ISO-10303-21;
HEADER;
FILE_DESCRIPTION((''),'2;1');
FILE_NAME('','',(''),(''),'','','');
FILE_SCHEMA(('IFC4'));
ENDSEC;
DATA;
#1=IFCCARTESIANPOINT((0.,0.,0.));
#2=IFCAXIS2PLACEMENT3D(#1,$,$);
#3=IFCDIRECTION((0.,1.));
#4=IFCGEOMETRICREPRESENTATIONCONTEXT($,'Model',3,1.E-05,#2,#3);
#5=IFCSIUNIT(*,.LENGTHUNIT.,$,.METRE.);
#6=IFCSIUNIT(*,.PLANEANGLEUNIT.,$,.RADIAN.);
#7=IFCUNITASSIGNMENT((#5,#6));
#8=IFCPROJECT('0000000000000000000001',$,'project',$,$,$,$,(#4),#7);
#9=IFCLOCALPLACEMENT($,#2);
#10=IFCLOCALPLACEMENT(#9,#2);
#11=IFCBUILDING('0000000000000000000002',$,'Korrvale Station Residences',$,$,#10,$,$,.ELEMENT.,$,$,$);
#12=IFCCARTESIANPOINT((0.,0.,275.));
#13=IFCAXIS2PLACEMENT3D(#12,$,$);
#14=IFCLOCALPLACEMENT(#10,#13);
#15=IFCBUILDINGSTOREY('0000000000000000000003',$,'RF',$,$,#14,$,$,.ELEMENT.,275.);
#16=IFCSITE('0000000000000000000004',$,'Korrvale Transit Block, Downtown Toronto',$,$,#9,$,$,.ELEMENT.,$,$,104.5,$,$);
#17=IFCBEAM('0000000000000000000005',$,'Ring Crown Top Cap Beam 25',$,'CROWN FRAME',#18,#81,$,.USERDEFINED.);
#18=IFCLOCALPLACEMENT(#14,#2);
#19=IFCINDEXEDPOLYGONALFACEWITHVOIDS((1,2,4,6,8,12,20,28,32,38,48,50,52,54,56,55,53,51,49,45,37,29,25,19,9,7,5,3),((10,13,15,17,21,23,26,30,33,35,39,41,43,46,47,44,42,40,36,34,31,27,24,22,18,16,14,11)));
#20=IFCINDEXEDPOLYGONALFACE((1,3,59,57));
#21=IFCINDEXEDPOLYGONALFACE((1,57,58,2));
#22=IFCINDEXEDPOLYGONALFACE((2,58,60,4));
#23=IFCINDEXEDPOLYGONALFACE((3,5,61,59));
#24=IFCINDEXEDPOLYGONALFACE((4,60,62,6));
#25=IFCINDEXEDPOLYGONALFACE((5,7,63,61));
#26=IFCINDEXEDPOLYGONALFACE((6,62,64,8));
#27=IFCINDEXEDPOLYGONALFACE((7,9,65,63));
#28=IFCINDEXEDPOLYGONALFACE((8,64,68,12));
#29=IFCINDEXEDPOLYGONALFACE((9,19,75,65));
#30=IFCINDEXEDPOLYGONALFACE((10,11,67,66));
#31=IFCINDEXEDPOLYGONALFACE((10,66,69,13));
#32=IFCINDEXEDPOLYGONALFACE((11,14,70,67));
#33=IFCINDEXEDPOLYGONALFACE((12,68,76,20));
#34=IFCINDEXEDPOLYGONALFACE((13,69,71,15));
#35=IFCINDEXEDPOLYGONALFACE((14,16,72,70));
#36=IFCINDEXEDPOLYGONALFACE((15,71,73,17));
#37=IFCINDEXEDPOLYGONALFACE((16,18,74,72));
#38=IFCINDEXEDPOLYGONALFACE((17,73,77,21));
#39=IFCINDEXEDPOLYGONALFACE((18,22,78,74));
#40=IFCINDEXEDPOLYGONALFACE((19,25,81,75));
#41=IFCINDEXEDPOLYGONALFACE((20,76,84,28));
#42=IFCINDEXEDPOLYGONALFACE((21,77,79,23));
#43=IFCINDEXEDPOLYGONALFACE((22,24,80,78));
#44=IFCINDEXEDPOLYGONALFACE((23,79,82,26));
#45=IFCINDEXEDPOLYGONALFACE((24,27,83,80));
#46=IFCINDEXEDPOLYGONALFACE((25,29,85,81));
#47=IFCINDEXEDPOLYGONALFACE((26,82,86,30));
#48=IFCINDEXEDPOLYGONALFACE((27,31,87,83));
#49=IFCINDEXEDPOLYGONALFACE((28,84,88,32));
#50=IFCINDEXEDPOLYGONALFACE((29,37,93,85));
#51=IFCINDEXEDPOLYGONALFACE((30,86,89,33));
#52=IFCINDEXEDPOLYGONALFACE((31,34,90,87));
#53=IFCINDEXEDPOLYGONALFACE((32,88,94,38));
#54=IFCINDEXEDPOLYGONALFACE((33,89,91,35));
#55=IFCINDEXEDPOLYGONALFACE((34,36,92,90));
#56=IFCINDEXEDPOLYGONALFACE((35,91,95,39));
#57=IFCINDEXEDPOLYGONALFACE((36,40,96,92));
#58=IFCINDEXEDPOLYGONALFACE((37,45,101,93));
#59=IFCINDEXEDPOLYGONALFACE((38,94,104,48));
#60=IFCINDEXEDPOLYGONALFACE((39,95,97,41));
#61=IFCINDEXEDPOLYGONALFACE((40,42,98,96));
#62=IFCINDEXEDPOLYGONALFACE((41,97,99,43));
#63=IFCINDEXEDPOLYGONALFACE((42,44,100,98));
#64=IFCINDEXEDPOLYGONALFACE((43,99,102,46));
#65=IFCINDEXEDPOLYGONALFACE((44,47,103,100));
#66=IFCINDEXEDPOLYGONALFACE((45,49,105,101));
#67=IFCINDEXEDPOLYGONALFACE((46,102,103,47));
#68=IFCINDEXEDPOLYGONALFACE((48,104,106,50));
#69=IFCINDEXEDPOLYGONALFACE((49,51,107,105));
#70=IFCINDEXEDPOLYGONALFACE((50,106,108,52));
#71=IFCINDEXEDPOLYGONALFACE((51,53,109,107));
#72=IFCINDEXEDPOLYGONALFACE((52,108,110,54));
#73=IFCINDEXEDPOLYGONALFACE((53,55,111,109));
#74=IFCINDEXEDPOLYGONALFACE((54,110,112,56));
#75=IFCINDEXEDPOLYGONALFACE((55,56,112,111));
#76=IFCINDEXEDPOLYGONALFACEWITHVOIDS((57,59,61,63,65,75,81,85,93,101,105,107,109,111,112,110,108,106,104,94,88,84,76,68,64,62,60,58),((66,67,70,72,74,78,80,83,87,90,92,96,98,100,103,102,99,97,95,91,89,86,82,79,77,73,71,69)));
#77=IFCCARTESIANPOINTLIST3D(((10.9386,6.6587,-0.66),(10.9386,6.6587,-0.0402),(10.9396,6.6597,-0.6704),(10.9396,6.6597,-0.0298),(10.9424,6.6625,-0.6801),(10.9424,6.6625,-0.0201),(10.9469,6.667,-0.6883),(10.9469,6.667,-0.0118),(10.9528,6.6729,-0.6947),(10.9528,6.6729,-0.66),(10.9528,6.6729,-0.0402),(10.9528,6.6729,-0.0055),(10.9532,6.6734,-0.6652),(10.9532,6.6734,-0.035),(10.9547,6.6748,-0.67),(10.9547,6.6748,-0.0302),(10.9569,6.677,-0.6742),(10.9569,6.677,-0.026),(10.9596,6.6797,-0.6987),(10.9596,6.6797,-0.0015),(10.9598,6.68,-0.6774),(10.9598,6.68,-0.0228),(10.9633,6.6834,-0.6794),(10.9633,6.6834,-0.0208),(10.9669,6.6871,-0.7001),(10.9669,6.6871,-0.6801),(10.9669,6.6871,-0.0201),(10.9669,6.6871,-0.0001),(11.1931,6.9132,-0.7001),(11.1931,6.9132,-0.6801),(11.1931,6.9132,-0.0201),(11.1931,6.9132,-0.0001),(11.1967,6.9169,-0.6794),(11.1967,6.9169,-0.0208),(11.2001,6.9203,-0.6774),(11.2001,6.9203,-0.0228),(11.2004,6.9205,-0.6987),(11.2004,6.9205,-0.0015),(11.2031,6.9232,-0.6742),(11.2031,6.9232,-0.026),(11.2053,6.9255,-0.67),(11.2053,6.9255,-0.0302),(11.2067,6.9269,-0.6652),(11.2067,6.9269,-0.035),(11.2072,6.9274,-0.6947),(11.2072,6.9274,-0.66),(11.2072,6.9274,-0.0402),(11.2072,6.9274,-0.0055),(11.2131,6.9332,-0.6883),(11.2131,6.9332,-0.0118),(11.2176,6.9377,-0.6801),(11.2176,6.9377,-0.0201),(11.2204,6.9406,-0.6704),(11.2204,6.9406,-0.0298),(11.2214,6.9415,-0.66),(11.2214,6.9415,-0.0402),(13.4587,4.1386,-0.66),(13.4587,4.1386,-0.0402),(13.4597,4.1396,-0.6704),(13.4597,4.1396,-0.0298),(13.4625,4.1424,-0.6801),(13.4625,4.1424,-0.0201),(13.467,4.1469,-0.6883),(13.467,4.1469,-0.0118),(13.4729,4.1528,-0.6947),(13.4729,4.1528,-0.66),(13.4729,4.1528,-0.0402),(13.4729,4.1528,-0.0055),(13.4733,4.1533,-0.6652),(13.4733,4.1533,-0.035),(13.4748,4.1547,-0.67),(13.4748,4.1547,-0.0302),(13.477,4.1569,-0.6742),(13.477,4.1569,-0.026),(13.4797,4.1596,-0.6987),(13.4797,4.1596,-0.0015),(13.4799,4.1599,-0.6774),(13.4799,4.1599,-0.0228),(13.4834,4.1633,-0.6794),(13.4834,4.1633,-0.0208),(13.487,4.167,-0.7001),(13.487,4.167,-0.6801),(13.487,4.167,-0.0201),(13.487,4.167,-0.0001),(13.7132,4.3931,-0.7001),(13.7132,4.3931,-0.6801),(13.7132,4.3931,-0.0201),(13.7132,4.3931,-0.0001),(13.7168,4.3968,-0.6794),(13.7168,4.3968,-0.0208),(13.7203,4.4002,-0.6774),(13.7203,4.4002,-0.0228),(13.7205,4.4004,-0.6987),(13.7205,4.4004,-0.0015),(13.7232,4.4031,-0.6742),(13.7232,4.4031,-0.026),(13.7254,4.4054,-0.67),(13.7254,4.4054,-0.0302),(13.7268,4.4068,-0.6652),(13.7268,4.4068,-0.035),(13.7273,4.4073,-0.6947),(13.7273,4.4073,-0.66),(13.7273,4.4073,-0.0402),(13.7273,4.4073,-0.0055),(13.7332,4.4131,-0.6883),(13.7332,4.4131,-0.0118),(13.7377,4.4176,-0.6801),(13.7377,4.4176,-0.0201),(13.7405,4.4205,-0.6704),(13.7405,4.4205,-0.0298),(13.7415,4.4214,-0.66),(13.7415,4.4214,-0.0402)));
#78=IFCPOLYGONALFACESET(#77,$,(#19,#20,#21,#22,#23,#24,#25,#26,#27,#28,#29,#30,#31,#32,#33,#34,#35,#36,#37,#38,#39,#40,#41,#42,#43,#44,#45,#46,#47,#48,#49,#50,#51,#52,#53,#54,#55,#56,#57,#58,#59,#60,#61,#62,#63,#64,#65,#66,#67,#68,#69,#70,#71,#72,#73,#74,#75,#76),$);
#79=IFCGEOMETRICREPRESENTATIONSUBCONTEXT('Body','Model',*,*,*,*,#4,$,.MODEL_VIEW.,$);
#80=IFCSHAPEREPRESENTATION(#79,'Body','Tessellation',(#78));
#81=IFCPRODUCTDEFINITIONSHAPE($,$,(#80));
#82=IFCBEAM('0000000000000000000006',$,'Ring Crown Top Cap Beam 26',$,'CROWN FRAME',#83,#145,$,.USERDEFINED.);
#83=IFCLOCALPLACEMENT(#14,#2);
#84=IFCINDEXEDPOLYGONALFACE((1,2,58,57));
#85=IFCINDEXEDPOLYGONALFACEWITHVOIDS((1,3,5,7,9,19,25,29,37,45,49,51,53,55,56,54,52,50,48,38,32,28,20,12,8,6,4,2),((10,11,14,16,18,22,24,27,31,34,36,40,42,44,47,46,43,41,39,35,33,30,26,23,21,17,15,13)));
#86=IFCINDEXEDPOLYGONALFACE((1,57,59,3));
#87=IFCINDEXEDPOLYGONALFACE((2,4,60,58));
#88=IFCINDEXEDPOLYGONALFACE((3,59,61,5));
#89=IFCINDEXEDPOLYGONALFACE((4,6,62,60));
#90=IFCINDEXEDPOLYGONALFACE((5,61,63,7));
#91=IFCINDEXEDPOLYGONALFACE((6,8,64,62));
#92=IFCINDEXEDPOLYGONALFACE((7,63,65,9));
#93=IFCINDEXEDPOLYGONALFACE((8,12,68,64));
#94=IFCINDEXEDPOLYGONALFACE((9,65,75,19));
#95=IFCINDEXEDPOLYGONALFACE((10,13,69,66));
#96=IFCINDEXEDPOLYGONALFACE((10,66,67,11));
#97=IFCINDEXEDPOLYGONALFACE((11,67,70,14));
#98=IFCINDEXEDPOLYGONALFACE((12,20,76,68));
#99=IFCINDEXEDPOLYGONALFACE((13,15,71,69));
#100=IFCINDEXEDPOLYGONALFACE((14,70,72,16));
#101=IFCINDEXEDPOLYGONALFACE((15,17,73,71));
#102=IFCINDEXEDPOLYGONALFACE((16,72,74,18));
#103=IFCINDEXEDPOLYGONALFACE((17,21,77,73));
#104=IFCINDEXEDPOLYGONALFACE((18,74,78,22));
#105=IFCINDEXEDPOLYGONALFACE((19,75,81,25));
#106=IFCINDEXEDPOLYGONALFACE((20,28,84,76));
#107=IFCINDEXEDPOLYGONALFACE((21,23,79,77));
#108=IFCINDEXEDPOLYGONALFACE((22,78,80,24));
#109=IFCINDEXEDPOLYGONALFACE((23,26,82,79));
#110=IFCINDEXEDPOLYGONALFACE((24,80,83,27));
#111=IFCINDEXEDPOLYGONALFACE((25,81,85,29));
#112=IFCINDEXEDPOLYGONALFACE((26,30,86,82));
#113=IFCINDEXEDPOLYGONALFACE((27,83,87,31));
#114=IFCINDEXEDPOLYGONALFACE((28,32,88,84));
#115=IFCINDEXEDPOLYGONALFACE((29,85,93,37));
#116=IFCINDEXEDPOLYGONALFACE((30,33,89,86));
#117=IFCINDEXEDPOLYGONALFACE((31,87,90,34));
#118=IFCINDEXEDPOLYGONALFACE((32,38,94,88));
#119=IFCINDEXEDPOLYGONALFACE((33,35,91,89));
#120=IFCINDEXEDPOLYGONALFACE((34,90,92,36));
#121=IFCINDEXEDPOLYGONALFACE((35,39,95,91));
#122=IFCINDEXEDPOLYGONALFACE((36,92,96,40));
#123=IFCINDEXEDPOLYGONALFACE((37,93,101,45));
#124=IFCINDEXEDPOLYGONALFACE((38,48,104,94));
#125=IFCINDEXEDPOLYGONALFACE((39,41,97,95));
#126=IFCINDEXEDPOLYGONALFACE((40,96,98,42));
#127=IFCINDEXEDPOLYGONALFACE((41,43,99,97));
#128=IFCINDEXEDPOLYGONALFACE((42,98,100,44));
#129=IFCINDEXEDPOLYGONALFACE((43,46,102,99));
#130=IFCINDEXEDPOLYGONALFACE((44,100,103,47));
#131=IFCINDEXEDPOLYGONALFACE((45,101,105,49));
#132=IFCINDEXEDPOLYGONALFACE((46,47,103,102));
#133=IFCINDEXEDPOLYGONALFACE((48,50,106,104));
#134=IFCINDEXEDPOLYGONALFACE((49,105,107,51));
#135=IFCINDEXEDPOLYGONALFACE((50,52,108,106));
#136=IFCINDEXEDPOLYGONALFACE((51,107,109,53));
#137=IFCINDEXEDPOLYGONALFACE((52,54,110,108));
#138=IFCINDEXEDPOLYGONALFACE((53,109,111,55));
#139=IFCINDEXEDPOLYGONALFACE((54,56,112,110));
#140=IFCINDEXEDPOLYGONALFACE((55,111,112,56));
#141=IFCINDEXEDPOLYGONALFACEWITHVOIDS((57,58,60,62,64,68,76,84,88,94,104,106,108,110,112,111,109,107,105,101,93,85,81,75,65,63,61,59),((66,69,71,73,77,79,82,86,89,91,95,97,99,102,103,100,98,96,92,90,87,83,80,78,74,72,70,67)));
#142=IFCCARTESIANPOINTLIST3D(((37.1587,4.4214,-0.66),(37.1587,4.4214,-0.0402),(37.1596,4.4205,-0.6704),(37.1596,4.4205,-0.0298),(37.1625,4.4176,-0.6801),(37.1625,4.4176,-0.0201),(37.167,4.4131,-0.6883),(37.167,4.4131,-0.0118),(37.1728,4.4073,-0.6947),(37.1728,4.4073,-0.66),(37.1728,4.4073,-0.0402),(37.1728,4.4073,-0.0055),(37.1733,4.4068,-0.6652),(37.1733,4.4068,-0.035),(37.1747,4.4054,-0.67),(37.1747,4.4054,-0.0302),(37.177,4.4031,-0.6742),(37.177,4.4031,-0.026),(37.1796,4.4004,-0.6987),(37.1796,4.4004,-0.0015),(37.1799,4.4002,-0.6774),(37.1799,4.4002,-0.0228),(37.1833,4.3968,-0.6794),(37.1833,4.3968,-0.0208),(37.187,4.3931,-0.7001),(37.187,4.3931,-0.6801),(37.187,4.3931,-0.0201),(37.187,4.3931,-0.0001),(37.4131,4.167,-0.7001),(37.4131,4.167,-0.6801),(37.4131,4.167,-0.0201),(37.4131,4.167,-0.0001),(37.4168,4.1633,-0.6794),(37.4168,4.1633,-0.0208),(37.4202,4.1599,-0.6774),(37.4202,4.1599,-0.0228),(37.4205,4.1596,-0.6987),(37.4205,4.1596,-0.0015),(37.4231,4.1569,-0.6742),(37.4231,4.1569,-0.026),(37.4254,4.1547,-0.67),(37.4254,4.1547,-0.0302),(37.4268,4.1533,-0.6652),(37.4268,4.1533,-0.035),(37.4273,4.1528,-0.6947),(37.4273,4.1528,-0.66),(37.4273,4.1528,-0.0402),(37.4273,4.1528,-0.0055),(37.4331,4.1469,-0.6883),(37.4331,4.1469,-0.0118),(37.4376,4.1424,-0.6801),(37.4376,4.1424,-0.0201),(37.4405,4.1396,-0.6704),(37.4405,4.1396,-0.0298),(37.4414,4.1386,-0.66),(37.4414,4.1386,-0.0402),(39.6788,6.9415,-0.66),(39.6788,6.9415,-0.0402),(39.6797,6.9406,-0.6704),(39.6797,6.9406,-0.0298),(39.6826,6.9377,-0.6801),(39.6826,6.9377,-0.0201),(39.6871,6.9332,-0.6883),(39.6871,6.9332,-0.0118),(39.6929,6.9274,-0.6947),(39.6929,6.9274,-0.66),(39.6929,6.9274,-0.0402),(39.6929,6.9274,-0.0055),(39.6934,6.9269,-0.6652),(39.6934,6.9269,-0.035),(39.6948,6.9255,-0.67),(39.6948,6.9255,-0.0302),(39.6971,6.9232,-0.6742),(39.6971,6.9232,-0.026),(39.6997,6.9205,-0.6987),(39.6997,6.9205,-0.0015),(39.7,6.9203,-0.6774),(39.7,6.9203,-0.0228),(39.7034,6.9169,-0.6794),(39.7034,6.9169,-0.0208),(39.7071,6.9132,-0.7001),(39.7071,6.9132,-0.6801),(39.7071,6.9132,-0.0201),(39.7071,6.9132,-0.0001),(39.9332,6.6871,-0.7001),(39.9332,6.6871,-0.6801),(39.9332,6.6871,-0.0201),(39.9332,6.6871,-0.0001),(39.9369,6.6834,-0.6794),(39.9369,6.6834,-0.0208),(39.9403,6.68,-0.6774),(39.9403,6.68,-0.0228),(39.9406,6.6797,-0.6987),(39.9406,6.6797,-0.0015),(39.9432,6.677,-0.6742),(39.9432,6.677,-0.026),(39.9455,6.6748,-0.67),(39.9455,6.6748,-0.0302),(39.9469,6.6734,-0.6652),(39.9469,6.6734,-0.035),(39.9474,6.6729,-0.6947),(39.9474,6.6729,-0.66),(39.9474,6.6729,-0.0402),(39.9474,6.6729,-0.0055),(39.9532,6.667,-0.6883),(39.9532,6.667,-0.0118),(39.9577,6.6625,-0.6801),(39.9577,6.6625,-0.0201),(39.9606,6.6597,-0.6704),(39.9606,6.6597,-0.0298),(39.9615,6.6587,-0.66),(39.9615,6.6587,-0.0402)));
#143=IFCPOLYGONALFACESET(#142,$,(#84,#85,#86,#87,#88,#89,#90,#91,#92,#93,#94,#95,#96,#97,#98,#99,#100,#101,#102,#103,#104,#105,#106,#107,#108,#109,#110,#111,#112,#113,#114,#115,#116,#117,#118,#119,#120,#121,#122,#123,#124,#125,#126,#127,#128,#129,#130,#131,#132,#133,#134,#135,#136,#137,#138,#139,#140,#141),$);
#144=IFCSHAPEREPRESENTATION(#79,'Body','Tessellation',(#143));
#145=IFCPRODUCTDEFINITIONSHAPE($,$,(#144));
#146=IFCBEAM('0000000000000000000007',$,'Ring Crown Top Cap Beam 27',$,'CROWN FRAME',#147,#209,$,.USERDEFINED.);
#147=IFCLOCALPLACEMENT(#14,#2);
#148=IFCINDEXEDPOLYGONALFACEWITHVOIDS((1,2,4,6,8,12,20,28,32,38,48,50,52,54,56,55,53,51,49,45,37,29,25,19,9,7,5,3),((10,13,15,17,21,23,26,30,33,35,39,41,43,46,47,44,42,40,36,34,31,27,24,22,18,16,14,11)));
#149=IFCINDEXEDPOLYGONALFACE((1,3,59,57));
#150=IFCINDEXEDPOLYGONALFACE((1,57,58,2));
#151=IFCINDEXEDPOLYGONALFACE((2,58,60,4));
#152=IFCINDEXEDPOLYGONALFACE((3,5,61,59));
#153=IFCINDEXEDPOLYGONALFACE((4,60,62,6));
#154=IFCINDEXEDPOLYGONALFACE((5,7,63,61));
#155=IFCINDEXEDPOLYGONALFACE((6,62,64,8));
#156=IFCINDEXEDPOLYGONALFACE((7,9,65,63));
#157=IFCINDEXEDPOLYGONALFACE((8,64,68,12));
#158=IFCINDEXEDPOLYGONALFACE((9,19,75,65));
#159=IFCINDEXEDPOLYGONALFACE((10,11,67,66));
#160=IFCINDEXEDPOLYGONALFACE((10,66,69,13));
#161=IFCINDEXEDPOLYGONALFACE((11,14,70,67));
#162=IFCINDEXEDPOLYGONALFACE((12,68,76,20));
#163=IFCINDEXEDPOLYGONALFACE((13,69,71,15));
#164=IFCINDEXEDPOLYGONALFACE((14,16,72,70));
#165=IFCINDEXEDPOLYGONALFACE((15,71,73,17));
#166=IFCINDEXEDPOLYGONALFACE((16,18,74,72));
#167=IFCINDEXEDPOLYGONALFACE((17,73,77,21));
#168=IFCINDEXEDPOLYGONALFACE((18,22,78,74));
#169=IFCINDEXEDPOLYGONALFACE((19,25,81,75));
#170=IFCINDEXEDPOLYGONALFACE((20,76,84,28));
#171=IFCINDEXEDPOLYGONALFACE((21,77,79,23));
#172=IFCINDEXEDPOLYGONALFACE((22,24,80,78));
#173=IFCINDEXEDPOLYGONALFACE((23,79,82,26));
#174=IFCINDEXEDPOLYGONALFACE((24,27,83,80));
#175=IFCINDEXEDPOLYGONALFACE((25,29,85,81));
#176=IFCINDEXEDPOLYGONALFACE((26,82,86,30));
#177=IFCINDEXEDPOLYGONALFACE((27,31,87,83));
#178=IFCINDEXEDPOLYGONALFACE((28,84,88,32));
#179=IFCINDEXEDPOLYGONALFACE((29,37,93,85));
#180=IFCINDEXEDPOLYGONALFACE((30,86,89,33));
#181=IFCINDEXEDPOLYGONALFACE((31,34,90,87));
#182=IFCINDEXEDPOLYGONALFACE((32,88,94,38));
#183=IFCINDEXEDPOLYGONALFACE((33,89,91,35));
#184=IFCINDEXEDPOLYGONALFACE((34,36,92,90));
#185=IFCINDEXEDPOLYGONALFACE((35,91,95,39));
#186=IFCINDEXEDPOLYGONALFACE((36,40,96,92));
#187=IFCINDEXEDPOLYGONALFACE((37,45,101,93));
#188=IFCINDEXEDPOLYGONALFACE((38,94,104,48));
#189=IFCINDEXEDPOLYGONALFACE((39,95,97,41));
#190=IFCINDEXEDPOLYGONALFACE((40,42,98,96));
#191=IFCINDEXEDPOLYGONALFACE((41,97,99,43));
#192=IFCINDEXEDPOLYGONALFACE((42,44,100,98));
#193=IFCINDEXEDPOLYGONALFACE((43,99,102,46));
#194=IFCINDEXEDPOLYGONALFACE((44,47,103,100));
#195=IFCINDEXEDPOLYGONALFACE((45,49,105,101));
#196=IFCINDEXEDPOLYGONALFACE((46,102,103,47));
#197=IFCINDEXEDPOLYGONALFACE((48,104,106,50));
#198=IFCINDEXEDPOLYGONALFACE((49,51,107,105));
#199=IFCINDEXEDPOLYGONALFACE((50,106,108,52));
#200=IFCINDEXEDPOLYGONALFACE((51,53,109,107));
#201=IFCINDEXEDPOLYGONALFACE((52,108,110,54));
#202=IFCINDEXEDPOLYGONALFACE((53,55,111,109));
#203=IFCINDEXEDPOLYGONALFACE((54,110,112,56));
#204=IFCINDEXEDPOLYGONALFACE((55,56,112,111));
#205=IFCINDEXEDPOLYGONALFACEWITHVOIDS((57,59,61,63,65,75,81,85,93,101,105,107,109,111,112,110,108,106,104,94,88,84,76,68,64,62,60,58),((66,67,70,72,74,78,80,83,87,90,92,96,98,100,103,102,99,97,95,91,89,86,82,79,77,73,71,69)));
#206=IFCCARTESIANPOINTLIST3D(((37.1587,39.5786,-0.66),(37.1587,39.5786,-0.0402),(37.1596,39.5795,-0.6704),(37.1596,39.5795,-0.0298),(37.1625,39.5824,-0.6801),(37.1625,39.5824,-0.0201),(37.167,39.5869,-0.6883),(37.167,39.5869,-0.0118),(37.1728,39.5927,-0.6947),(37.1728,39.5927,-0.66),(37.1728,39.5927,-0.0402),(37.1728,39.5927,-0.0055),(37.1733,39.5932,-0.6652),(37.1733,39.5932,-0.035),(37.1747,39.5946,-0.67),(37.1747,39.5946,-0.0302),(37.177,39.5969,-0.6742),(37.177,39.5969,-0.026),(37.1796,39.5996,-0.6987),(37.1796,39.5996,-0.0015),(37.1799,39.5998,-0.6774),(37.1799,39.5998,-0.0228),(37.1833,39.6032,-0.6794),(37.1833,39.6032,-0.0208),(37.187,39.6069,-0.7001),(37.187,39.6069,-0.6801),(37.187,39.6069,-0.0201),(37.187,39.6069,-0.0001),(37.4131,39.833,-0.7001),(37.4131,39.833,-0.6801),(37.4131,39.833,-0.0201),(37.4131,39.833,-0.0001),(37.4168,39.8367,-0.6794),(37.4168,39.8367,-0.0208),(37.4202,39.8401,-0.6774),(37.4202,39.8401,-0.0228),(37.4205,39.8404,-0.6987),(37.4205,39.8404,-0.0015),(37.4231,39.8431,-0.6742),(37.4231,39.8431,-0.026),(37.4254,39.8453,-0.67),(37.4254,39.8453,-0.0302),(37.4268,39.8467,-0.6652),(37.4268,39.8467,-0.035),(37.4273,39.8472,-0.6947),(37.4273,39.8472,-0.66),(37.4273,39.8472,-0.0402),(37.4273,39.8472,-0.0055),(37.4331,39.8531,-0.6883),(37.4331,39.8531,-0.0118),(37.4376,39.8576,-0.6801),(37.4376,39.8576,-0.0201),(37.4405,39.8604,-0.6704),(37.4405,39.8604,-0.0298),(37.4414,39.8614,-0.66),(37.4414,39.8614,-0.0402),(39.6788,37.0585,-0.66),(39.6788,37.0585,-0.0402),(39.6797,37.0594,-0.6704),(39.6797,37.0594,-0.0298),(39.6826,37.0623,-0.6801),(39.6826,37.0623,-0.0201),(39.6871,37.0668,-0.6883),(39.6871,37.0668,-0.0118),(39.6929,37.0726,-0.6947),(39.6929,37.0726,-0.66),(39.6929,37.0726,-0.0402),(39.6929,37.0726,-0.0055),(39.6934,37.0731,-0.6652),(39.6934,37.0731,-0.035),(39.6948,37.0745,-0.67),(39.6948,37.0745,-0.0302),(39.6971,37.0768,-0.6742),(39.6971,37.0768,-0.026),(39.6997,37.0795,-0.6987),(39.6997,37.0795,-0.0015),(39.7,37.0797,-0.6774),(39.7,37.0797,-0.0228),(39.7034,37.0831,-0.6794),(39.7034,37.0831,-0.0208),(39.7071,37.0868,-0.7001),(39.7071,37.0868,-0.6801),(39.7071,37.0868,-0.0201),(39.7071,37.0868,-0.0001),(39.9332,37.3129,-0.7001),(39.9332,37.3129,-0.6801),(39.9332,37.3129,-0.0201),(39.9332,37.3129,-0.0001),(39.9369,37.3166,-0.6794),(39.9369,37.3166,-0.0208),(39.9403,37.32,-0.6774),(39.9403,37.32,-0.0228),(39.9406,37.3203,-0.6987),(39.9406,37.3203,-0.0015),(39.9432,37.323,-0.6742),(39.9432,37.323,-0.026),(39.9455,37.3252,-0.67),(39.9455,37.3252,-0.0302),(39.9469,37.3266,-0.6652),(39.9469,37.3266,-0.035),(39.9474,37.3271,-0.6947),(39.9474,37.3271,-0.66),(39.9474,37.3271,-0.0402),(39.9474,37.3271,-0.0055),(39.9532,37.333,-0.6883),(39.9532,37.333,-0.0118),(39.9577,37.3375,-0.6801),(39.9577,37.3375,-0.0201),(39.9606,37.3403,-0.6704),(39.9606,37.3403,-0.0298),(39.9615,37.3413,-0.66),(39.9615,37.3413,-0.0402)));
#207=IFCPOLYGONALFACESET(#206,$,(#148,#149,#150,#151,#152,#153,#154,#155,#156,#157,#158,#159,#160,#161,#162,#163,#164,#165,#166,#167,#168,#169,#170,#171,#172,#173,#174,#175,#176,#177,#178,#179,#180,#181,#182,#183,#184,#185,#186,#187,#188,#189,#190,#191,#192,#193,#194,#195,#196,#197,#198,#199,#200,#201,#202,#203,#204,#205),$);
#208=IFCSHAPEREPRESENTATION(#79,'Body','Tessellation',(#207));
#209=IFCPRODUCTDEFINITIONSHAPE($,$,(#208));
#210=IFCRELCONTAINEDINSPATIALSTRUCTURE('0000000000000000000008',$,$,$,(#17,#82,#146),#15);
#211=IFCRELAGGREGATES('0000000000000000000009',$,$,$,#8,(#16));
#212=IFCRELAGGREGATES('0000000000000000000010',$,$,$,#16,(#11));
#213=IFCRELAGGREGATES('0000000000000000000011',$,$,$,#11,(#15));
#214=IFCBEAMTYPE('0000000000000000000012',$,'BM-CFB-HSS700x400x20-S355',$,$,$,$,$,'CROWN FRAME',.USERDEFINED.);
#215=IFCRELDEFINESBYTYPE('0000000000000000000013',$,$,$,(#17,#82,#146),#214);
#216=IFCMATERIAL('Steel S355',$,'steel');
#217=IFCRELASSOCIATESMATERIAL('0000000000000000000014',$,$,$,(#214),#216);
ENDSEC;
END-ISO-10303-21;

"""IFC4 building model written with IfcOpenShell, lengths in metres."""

from ifc_helpers import new_model, si_unit, direction, frame, origin, origin_2d, place, context, subcontext, project, spatial, hollow_rectangle, extrude, material, material_profile, profile_set, type_object, element, save


model = new_model("IFC4")

# Units and contexts
model_context = context("Model", 3, precision=1e-05, world=origin(), true_north=direction((0.0, 1.0)))
body_context = subcontext(model_context, "Body", "Model", "MODEL_VIEW")
ifc_project = project(units=[si_unit("LENGTHUNIT", "METRE"), si_unit("PLANEANGLEUNIT", "RADIAN")], contexts=[model_context])

# Site, building, storey
site_placement = place(None, origin())
site = spatial("IfcSite", under=ifc_project, at=site_placement, Name="Korrvale Transit Block, Downtown Toronto", CompositionType="ELEMENT", RefElevation=104.5)
building_placement = place(site_placement, origin())
building = spatial("IfcBuilding", under=site, at=building_placement, Name="Korrvale Station Residences", CompositionType="ELEMENT")
storey_placement = place(building_placement, frame((0.0, 0.0, 275.0)))
storey = spatial("IfcBuildingStorey", under=building, at=storey_placement, Name="RF", CompositionType="ELEMENT", Elevation=275.0)

# Beams
ifc_material_1 = material(Name="Steel S355", Category="steel")
ifc_material_profile = material_profile(ifc_material_1, hollow_rectangle(XDim=0.3999, YDim=0.7, WallThickness=0.02, InnerFilletRadius=0.02, OuterFilletRadius=0.04, at=origin_2d()), Name="HSS700x400x20")
ifc_profile_set = profile_set([ifc_material_profile], Name="Steel S355")
beam_type = type_object("IfcBeamType", Name="BM-CFB-HSS700x400x20-S355", ElementType="CROWN FRAME", PredefinedType="USERDEFINED", material=ifc_profile_set)
for number, where, z_axis, x_axis, name in (
    (1, (13.6001, 4.28, -0.3501), (-0.707107, 0.707107, 0.0), (-0.707107, -0.707107, 0.0), "Ring Crown Top Cap Beam 25"),
    (2, (37.3, 4.28, -0.3501), (0.707107, 0.707107, 0.0), (-0.707107, 0.707107, 0.0), "Ring Crown Top Cap Beam 26"),
    (3, (37.3, 39.72, -0.3501), (0.707107, -0.707107, 0.0), (0.707107, 0.707107, 0.0), "Ring Crown Top Cap Beam 27"),
):
    element("IfcBeam", number, at=place(storey_placement, frame(where, z_axis=z_axis, x_axis=x_axis)), inside=storey, type_object=beam_type, Name=name, ObjectType="CROWN FRAME", PredefinedType="USERDEFINED", context=body_context, shape_type="SweptSolid", body=[
        extrude(hollow_rectangle(XDim=0.3999, YDim=0.7, WallThickness=0.02, InnerFilletRadius=0.02, OuterFilletRadius=0.04, at=origin_2d()), origin(), (0.0, 0.0, 1.0), 3.564),
    ])

save(model, "model.ifc")
